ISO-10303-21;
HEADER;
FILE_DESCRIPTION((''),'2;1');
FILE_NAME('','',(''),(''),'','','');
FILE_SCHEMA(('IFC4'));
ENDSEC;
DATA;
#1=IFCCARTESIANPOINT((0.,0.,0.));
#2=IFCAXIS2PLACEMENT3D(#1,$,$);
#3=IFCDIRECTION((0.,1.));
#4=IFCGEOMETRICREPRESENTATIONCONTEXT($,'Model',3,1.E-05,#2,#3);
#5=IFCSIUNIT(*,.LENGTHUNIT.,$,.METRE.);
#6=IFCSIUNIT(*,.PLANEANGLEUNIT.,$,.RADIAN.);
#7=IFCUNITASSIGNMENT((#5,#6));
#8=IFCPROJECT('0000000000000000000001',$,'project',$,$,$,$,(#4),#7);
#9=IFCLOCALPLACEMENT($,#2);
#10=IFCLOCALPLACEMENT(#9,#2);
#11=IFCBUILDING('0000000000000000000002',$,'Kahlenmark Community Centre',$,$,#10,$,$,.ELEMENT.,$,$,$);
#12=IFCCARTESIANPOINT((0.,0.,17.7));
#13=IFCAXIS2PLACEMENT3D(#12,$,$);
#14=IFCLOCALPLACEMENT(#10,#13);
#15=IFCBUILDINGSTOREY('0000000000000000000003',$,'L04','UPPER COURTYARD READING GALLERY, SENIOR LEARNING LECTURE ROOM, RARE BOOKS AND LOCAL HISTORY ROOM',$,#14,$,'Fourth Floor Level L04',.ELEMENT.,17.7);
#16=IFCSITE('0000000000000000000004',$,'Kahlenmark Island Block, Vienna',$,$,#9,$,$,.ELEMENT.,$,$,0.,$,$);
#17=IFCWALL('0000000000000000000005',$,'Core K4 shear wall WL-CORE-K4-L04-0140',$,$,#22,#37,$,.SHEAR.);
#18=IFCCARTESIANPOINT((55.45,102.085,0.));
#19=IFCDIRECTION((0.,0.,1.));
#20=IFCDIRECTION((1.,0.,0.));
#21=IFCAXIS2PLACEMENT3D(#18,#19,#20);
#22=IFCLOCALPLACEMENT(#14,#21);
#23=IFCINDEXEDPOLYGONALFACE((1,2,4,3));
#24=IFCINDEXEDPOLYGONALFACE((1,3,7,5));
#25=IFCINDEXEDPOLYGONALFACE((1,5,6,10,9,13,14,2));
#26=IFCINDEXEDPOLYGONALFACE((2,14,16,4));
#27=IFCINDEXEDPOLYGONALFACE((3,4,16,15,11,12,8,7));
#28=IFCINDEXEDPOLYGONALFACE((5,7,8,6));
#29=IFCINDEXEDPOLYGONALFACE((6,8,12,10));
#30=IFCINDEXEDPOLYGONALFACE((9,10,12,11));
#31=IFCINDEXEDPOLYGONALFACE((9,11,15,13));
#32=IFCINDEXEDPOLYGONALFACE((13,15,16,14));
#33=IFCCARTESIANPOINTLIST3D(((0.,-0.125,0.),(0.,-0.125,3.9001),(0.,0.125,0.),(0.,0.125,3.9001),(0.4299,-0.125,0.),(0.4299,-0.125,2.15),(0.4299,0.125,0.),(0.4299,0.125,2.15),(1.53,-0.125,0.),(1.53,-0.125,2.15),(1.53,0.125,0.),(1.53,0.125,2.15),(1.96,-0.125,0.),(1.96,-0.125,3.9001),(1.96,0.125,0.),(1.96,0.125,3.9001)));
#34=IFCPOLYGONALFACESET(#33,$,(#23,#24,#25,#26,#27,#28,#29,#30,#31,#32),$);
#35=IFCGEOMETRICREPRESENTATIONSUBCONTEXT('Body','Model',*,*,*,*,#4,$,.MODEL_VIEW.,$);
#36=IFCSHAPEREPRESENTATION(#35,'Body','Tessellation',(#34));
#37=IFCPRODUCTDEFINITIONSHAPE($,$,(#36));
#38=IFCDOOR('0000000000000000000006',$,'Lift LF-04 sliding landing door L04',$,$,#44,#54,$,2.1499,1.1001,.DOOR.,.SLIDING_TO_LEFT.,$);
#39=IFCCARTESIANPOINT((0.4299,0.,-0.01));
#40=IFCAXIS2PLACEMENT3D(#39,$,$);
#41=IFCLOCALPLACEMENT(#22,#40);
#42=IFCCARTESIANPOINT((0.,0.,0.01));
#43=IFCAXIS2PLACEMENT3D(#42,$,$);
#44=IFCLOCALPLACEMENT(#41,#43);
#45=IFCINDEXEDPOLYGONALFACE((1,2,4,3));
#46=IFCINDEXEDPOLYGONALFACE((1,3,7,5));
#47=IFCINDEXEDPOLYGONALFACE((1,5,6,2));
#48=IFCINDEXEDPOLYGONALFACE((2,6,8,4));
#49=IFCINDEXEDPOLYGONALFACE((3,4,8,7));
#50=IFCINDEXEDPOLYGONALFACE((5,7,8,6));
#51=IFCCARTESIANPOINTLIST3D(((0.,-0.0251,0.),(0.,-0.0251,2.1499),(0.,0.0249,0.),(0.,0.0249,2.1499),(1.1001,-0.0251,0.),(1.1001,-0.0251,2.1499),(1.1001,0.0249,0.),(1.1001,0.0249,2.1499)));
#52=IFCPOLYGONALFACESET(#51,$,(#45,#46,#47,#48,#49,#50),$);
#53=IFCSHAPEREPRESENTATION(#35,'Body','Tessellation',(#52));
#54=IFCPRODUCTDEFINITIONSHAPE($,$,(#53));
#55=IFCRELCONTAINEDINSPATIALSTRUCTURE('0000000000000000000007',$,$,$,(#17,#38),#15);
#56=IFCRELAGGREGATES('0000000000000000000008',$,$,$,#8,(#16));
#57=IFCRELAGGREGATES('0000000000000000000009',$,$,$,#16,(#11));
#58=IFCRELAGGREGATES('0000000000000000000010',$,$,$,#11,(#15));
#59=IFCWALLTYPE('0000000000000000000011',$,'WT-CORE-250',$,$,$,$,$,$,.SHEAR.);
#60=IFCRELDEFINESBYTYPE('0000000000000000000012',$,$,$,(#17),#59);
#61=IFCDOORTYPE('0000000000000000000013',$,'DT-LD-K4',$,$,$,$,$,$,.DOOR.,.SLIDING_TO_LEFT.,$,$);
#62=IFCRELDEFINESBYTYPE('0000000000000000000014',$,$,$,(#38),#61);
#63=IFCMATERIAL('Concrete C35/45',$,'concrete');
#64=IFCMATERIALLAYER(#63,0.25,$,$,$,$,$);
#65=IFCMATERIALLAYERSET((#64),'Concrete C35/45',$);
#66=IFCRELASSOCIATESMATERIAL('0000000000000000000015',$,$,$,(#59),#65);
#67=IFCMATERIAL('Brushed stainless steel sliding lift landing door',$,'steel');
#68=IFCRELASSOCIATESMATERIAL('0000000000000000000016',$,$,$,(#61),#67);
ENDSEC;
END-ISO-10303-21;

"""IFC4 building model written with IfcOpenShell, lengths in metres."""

from ifc_helpers import new_model, si_unit, direction, frame, frame_2d, origin, place, context, subcontext, project, spatial, rectangle, extrude, material, layer, layer_set, type_object, element, fill, save


model = new_model("IFC4")

# Units and contexts
model_context = context("Model", 3, precision=1e-05, world=origin(), true_north=direction((0.0, 1.0)))
body_context = subcontext(model_context, "Body", "Model", "MODEL_VIEW")
ifc_project = project(units=[si_unit("LENGTHUNIT", "METRE"), si_unit("PLANEANGLEUNIT", "RADIAN")], contexts=[model_context])

# Site, building, storey
site_placement = place(None, origin())
site = spatial("IfcSite", under=ifc_project, at=site_placement, Name="Kahlenmark Island Block, Vienna", CompositionType="ELEMENT", RefElevation=0.0)
building_placement = place(site_placement, origin())
building = spatial("IfcBuilding", under=site, at=building_placement, Name="Kahlenmark Community Centre", CompositionType="ELEMENT")
storey_placement = place(building_placement, frame((0.0, 0.0, 17.7)))
storey = spatial("IfcBuildingStorey", under=building, at=storey_placement, Name="L04", Description="UPPER COURTYARD READING GALLERY, SENIOR LEARNING LECTURE ROOM, RARE BOOKS AND LOCAL HISTORY ROOM", LongName="Fourth Floor Level L04", CompositionType="ELEMENT", Elevation=17.7)

# Wall, opening, door
ifc_material_1 = material(Name="Concrete C35/45", Category="concrete")
ifc_layer_1 = layer(ifc_material_1, 0.25)
ifc_layer_set_1 = layer_set([ifc_layer_1], Name="Concrete C35/45")
wall_type_1 = type_object("IfcWallType", Name="WT-CORE-250", PredefinedType="SHEAR", material=ifc_layer_set_1)
wall_1_placement = place(storey_placement, frame((55.45, 102.085, 0.0), z_axis=(0.0, 0.0, 1.0), x_axis=(1.0, 0.0, 0.0)))
wall_1 = element("IfcWall", 1, at=wall_1_placement, inside=storey, type_object=wall_type_1, Name="Core K4 shear wall WL-CORE-K4-L04-0140", PredefinedType="SHEAR", context=body_context, shape_type="SweptSolid", body=[
    extrude(rectangle(XDim=1.96, YDim=0.25, at=frame_2d((0.98, 0.0))), origin(), (0.0, 0.0, 1.0), 3.9001),
])
opening_1_placement = place(wall_1_placement, frame((0.4299, 0.0, -0.01)))
opening_1 = element("IfcOpeningElement", 2, at=opening_1_placement, cuts=wall_1, PredefinedType="OPENING", context=body_context, shape_type="SweptSolid", body=[
    extrude(rectangle(XDim=1.1001, YDim=2.1599, at=frame_2d((0.55, 1.0801))), frame((0.0, 0.135, 0.0), z_axis=(0.0, -1.0, 0.0), x_axis=(1.0, 0.0, 0.0)), (0.0, 0.0, 1.0), 0.27),
])
ifc_material_2 = material(Name="Brushed stainless steel sliding lift landing door", Category="steel")
door_type_1 = type_object("IfcDoorType", Name="DT-LD-K4", OperationType="SLIDING_TO_LEFT", PredefinedType="DOOR", material=ifc_material_2)
door_1_placement = place(opening_1_placement, frame((0.0, 0.0, 0.01)))
door_1 = element("IfcDoor", 3, at=door_1_placement, inside=storey, type_object=door_type_1, Name="Lift LF-04 sliding landing door L04", OperationType="SLIDING_TO_LEFT", OverallHeight=2.1499, OverallWidth=1.1001, PredefinedType="DOOR", context=body_context, shape_type="SweptSolid", body=[
    extrude(rectangle(XDim=1.1001, YDim=2.1499, at=frame_2d((0.55, 1.075))), frame((0.0, 0.0249, 0.0), z_axis=(0.0, -1.0, 0.0), x_axis=(1.0, 0.0, 0.0)), (0.0, 0.0, 1.0), 0.05),
])
fill(opening_1, door_1)

save(model, "model.ifc")
